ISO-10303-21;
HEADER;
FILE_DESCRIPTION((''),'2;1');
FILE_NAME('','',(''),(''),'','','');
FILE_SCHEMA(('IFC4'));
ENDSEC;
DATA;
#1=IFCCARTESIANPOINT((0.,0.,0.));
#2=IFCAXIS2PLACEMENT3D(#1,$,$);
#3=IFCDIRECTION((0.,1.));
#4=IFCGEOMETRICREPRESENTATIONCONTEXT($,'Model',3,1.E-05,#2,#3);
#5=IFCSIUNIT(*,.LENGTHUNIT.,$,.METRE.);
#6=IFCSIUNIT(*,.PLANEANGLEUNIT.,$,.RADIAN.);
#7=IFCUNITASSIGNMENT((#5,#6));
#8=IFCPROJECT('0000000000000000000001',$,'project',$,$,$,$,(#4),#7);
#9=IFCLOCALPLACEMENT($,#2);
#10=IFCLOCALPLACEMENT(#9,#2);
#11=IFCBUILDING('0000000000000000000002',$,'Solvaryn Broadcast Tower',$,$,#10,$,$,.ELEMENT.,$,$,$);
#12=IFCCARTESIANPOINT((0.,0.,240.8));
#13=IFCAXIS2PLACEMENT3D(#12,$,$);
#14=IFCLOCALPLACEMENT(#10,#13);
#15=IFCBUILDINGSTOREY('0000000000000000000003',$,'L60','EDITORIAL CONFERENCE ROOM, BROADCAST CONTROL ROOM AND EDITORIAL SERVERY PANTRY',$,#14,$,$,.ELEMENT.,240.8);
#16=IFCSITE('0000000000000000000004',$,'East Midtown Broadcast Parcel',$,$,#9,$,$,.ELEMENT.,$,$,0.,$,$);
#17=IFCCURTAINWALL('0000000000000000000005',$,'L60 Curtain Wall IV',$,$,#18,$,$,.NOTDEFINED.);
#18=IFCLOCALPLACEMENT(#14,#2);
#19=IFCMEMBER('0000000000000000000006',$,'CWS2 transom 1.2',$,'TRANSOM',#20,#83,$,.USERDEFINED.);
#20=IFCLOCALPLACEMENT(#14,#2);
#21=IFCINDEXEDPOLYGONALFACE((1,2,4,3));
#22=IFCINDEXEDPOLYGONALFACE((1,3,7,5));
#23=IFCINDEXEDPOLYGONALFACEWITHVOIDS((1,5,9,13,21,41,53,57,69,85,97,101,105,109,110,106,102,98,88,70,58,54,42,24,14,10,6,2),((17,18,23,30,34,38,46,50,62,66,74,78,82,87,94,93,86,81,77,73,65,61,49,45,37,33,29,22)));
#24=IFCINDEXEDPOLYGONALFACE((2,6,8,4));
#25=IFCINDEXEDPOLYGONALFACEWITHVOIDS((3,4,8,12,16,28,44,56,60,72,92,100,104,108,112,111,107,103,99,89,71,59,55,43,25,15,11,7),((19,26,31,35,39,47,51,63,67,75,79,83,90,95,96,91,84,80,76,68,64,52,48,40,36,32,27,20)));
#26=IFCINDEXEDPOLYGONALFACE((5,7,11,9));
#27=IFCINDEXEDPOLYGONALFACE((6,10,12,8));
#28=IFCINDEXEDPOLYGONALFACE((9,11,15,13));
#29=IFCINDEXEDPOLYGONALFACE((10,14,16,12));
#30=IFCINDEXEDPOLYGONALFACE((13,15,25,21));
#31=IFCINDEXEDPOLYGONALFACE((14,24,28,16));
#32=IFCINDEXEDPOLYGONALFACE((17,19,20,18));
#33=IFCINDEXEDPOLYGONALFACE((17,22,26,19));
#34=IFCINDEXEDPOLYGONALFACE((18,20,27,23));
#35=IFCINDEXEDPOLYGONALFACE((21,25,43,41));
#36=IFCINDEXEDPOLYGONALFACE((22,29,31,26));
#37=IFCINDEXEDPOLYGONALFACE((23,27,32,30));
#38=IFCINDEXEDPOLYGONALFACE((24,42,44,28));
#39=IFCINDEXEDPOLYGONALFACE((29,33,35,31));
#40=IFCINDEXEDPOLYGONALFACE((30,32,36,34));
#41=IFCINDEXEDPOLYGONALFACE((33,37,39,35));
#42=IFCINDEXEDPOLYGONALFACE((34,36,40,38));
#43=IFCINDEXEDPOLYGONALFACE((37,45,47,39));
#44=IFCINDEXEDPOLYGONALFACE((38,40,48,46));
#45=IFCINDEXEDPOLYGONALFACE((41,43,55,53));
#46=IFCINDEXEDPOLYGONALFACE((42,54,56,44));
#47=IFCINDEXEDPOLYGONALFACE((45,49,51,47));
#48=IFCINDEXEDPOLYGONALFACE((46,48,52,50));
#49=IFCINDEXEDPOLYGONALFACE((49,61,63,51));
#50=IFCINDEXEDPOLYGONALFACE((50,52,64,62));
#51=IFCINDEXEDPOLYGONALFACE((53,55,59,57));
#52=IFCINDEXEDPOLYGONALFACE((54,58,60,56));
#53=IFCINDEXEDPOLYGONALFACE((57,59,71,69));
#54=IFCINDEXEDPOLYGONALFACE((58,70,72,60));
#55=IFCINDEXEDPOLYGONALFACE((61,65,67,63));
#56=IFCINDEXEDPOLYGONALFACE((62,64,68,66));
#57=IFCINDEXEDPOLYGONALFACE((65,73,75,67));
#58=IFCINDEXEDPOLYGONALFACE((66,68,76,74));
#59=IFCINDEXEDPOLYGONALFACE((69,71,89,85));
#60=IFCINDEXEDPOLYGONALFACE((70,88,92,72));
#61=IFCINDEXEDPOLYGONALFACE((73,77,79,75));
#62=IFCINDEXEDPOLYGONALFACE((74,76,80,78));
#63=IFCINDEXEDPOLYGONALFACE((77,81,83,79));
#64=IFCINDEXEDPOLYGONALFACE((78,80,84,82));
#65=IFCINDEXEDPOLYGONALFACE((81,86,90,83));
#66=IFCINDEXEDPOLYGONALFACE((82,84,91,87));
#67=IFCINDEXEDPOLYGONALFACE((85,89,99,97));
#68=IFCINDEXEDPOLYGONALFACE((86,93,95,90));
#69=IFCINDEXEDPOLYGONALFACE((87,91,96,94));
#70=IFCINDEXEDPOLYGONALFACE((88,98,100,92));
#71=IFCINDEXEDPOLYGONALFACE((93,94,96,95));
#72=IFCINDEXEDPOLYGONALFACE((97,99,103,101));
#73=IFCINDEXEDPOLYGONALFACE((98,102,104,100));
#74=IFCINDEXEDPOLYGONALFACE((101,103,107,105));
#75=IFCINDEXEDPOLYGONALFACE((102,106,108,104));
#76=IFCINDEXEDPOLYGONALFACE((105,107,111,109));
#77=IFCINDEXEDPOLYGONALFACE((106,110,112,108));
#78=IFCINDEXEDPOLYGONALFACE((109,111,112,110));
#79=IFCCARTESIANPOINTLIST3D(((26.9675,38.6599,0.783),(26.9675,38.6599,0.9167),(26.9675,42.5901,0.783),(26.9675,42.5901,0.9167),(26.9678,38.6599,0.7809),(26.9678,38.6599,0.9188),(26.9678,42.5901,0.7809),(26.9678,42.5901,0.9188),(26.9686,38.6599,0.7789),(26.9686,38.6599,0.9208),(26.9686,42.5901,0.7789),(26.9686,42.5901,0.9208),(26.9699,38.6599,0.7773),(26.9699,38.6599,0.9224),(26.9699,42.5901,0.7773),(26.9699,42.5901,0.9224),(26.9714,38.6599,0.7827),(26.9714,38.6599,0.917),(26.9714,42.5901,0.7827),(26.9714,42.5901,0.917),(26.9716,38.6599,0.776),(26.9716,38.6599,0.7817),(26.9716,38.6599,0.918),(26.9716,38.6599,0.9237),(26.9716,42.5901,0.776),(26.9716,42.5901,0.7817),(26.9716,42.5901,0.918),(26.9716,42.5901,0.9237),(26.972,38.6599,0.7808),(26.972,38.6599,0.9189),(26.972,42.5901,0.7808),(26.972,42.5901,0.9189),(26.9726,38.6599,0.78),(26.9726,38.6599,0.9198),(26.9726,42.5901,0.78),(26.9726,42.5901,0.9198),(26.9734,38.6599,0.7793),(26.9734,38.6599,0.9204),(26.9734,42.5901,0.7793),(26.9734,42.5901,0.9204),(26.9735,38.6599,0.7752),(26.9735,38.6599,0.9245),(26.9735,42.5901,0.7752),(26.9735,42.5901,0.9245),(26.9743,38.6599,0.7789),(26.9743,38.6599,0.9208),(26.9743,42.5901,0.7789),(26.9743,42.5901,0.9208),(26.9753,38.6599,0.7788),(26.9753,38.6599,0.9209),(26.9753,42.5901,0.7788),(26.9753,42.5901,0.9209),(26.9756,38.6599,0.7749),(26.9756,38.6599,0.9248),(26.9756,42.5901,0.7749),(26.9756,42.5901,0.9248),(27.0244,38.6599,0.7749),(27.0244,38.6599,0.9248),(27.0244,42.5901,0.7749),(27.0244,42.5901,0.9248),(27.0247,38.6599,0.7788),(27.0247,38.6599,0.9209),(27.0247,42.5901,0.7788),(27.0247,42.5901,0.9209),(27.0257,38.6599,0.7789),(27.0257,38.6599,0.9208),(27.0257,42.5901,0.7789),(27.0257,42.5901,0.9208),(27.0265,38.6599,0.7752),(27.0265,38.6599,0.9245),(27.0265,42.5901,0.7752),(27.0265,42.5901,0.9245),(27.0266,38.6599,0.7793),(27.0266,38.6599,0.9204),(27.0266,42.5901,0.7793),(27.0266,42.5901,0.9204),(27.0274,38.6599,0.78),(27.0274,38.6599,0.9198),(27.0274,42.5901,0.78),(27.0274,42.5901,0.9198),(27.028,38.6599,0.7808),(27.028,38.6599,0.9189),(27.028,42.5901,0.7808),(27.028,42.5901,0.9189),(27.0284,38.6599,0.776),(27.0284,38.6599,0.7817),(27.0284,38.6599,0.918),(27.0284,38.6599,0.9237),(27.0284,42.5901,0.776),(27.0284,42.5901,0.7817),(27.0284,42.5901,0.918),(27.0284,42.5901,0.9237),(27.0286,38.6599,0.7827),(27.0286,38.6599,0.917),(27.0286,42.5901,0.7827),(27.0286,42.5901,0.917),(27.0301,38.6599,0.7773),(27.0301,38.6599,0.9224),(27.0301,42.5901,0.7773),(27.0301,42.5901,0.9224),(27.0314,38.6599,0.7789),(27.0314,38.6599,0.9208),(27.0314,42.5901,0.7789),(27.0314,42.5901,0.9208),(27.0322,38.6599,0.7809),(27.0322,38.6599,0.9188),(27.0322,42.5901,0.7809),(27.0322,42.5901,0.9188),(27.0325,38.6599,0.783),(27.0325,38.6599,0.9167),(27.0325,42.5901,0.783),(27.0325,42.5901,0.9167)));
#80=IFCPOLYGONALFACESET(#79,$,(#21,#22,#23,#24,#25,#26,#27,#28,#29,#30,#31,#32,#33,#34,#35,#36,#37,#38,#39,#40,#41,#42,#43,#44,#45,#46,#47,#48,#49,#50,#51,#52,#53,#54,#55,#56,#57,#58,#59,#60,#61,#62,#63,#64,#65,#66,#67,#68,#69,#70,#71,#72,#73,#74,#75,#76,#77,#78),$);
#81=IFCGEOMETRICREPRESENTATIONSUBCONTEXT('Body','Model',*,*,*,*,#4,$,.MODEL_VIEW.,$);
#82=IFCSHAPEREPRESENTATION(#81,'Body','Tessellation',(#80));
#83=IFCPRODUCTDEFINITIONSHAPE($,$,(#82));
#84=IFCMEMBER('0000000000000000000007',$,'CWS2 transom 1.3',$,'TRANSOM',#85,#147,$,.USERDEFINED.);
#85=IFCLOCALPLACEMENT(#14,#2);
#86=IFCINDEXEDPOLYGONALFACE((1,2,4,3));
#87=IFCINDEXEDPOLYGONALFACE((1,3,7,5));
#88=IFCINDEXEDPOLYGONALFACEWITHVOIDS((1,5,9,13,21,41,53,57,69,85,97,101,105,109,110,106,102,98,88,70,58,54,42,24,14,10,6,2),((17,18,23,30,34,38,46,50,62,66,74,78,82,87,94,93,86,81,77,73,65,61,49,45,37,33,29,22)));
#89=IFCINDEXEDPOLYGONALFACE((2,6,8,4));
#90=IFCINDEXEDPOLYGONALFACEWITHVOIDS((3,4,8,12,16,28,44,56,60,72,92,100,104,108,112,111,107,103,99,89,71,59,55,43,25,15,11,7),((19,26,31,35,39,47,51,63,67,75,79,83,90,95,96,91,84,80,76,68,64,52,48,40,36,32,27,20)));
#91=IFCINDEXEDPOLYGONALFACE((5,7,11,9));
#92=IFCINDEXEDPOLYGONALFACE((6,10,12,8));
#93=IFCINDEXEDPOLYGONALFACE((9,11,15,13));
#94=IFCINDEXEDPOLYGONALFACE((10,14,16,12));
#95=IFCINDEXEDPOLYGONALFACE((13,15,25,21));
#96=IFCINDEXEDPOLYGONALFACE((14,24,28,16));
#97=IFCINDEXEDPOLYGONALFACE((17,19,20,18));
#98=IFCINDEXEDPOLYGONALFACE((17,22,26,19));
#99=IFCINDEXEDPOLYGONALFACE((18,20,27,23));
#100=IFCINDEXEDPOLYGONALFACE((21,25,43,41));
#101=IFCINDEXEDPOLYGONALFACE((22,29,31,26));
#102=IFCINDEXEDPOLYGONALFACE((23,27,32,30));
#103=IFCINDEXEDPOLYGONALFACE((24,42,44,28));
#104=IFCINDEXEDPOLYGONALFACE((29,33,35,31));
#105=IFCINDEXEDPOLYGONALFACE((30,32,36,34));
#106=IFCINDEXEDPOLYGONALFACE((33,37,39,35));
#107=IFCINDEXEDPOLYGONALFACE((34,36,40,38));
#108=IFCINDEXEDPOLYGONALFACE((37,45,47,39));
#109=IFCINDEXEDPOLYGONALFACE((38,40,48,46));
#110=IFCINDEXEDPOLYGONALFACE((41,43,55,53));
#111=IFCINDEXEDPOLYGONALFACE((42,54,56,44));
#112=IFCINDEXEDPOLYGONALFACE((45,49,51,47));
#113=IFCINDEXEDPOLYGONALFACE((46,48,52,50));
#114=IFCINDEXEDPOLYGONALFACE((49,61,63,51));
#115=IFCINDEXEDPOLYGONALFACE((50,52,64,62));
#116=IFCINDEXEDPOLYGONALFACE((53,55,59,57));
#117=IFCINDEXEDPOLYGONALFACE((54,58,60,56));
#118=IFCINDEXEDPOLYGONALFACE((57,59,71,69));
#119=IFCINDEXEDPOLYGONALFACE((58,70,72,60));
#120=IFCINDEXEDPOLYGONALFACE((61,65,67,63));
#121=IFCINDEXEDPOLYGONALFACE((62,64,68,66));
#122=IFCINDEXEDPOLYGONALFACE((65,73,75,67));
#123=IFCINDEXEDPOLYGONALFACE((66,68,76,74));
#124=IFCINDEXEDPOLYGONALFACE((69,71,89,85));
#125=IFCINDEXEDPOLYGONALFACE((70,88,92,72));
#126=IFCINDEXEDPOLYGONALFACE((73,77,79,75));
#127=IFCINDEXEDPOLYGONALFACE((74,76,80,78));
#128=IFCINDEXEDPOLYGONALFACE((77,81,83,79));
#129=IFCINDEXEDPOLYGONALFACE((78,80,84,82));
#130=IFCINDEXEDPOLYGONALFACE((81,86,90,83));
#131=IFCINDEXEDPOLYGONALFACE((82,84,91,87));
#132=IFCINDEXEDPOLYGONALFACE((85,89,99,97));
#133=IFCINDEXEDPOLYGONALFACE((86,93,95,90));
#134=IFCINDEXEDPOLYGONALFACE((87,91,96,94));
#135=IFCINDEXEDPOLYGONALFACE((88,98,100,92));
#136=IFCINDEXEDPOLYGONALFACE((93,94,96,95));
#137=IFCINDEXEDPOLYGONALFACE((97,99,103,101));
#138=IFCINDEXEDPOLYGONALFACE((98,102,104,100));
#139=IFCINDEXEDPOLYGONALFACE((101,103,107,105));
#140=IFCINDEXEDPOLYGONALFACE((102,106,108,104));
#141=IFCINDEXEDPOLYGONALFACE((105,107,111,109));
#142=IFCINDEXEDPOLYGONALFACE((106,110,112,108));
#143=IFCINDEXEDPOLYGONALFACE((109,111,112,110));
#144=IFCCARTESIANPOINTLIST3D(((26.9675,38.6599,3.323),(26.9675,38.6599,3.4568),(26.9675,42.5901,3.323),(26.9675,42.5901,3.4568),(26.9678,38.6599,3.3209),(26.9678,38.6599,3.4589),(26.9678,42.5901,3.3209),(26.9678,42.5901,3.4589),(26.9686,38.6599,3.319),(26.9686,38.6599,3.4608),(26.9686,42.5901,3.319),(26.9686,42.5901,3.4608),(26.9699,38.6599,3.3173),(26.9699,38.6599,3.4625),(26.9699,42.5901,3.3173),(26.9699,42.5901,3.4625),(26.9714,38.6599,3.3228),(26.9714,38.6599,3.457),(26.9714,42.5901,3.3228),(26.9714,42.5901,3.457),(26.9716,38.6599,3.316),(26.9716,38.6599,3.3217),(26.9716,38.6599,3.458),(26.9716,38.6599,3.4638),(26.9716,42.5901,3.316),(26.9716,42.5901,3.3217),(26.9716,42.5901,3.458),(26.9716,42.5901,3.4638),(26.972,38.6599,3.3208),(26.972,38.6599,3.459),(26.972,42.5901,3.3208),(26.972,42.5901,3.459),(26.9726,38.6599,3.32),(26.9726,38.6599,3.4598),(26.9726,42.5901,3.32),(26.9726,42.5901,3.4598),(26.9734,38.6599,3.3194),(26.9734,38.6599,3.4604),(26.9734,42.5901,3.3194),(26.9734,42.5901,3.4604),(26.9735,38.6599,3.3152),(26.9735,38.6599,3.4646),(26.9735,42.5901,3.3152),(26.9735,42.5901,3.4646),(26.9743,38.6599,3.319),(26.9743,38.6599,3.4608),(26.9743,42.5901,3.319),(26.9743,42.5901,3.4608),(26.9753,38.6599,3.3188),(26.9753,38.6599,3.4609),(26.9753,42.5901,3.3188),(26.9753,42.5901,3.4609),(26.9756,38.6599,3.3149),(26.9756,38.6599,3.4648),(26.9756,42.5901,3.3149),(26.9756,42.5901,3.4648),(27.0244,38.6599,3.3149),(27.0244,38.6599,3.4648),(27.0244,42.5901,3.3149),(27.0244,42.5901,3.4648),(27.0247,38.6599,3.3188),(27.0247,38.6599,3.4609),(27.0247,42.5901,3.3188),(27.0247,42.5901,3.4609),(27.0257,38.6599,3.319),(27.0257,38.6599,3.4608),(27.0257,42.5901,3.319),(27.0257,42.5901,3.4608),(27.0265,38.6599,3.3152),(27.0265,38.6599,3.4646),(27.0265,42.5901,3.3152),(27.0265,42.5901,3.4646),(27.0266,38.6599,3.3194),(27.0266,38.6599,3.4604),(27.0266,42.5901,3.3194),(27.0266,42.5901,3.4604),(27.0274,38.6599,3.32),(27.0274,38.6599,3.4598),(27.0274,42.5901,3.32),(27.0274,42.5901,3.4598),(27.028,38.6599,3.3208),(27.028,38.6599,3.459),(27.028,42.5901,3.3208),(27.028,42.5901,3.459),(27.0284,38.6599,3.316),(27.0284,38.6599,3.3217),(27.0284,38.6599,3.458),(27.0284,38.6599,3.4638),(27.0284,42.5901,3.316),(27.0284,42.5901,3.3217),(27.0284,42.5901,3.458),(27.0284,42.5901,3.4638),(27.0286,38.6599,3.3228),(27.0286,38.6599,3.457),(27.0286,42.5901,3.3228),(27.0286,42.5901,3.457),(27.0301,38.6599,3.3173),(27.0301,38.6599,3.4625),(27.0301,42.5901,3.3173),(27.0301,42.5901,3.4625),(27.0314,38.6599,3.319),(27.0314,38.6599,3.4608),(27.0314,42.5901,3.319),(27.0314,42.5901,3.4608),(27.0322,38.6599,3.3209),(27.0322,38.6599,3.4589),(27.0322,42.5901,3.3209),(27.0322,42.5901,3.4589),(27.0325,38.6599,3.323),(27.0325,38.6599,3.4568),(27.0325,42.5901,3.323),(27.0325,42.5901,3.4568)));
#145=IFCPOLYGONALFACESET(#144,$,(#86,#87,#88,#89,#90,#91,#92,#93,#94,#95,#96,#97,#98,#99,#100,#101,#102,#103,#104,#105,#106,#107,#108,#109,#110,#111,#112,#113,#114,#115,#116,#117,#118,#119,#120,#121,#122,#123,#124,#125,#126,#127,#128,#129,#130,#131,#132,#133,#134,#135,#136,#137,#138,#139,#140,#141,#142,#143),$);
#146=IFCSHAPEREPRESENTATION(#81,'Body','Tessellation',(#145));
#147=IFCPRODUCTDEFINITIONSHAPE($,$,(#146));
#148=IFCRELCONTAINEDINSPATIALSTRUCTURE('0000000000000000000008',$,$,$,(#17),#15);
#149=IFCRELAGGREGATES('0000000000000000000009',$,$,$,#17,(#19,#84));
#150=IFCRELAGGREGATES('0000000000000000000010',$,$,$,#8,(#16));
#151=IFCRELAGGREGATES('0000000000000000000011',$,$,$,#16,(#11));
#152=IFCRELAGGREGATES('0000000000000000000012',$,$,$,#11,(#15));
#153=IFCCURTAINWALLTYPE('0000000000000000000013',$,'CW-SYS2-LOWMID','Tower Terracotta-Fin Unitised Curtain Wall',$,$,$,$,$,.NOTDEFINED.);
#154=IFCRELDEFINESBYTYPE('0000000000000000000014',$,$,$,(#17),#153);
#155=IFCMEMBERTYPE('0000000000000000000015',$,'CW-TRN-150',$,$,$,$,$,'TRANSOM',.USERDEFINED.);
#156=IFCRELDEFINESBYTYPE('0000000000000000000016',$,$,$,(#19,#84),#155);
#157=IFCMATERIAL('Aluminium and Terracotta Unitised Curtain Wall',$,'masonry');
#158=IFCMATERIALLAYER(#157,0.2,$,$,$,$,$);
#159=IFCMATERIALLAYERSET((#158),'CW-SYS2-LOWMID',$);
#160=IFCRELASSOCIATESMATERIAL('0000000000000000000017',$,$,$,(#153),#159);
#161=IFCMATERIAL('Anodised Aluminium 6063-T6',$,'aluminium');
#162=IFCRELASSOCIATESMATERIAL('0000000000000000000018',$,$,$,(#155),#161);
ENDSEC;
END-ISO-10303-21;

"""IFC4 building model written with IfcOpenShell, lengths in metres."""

from ifc_helpers import new_model, si_unit, direction, frame, origin, origin_2d, place, context, subcontext, project, spatial, hollow_rectangle, extrude, material, layer, layer_set, material_profile, profile_set, type_object, element, aggregate, save


model = new_model("IFC4")

# Units and contexts
model_context = context("Model", 3, precision=1e-05, world=origin(), true_north=direction((0.0, 1.0)))
body_context = subcontext(model_context, "Body", "Model", "MODEL_VIEW")
ifc_project = project(units=[si_unit("LENGTHUNIT", "METRE"), si_unit("PLANEANGLEUNIT", "RADIAN")], contexts=[model_context])

# Site, building, storey
site_placement = place(None, origin())
site = spatial("IfcSite", under=ifc_project, at=site_placement, Name="East Midtown Broadcast Parcel", CompositionType="ELEMENT", RefElevation=0.0)
building_placement = place(site_placement, origin())
building = spatial("IfcBuilding", under=site, at=building_placement, Name="Solvaryn Broadcast Tower", CompositionType="ELEMENT")
storey_placement = place(building_placement, frame((0.0, 0.0, 240.8)))
storey = spatial("IfcBuildingStorey", under=building, at=storey_placement, Name="L60", Description="EDITORIAL CONFERENCE ROOM, BROADCAST CONTROL ROOM AND EDITORIAL SERVERY PANTRY", CompositionType="ELEMENT", Elevation=240.8)

# Curtain wall
ifc_material_1 = material(Name="Aluminium and Terracotta Unitised Curtain Wall", Category="masonry")
ifc_layer_1 = layer(ifc_material_1, 0.2)
ifc_layer_set_1 = layer_set([ifc_layer_1], Name="CW-SYS2-LOWMID")
curtain_wall_type = type_object("IfcCurtainWallType", Name="CW-SYS2-LOWMID", Description="Tower Terracotta-Fin Unitised Curtain Wall", PredefinedType="NOTDEFINED", material=ifc_layer_set_1)
curtain_wall_1_placement = place(storey_placement, origin())
curtain_wall_1 = element("IfcCurtainWall", 1, at=curtain_wall_1_placement, inside=storey, type_object=curtain_wall_type, Name="L60 Curtain Wall IV", PredefinedType="NOTDEFINED")

# Members
ifc_material_2 = material(Name="Anodised Aluminium 6063-T6", Category="aluminium")
ifc_material_profile_1 = material_profile(ifc_material_2, hollow_rectangle(XDim=0.0649, YDim=0.1499, WallThickness=0.0039, InnerFilletRadius=0.0039, OuterFilletRadius=0.0081, at=origin_2d()))
ifc_profile_set_1 = profile_set([ifc_material_profile_1], Name="Anodised Aluminium 6063-T6")
member_type_1 = type_object("IfcMemberType", Name="CW-TRN-150", ElementType="TRANSOM", PredefinedType="USERDEFINED", material=ifc_profile_set_1)
member_1_placement = place(storey_placement, frame((27.0, 42.5901, 0.8499), z_axis=(0.0, -1.0, 0.0), x_axis=(1.0, 0.0, 0.0)))
member_1 = element("IfcMember", 2, at=member_1_placement, type_object=member_type_1, Name="CWS2 transom 1.2", ObjectType="TRANSOM", PredefinedType="USERDEFINED", context=body_context, shape_type="SweptSolid", body=[
    extrude(hollow_rectangle(XDim=0.0649, YDim=0.1499, WallThickness=0.0039, InnerFilletRadius=0.0039, OuterFilletRadius=0.0081, at=origin_2d()), origin(), (0.0, 0.0, 1.0), 3.9302),
])
member_2_placement = place(storey_placement, frame((27.0, 42.5901, 3.3899), z_axis=(0.0, -1.0, 0.0), x_axis=(1.0, 0.0, 0.0)))
member_2 = element("IfcMember", 3, at=member_2_placement, type_object=member_type_1, Name="CWS2 transom 1.3", ObjectType="TRANSOM", PredefinedType="USERDEFINED", context=body_context, shape_type="SweptSolid", body=[
    extrude(hollow_rectangle(XDim=0.0649, YDim=0.1499, WallThickness=0.0039, InnerFilletRadius=0.0039, OuterFilletRadius=0.0081, at=origin_2d()), origin(), (0.0, 0.0, 1.0), 3.9302),
])

aggregate(curtain_wall_1, [member_1, member_2])

save(model, "model.ifc")
